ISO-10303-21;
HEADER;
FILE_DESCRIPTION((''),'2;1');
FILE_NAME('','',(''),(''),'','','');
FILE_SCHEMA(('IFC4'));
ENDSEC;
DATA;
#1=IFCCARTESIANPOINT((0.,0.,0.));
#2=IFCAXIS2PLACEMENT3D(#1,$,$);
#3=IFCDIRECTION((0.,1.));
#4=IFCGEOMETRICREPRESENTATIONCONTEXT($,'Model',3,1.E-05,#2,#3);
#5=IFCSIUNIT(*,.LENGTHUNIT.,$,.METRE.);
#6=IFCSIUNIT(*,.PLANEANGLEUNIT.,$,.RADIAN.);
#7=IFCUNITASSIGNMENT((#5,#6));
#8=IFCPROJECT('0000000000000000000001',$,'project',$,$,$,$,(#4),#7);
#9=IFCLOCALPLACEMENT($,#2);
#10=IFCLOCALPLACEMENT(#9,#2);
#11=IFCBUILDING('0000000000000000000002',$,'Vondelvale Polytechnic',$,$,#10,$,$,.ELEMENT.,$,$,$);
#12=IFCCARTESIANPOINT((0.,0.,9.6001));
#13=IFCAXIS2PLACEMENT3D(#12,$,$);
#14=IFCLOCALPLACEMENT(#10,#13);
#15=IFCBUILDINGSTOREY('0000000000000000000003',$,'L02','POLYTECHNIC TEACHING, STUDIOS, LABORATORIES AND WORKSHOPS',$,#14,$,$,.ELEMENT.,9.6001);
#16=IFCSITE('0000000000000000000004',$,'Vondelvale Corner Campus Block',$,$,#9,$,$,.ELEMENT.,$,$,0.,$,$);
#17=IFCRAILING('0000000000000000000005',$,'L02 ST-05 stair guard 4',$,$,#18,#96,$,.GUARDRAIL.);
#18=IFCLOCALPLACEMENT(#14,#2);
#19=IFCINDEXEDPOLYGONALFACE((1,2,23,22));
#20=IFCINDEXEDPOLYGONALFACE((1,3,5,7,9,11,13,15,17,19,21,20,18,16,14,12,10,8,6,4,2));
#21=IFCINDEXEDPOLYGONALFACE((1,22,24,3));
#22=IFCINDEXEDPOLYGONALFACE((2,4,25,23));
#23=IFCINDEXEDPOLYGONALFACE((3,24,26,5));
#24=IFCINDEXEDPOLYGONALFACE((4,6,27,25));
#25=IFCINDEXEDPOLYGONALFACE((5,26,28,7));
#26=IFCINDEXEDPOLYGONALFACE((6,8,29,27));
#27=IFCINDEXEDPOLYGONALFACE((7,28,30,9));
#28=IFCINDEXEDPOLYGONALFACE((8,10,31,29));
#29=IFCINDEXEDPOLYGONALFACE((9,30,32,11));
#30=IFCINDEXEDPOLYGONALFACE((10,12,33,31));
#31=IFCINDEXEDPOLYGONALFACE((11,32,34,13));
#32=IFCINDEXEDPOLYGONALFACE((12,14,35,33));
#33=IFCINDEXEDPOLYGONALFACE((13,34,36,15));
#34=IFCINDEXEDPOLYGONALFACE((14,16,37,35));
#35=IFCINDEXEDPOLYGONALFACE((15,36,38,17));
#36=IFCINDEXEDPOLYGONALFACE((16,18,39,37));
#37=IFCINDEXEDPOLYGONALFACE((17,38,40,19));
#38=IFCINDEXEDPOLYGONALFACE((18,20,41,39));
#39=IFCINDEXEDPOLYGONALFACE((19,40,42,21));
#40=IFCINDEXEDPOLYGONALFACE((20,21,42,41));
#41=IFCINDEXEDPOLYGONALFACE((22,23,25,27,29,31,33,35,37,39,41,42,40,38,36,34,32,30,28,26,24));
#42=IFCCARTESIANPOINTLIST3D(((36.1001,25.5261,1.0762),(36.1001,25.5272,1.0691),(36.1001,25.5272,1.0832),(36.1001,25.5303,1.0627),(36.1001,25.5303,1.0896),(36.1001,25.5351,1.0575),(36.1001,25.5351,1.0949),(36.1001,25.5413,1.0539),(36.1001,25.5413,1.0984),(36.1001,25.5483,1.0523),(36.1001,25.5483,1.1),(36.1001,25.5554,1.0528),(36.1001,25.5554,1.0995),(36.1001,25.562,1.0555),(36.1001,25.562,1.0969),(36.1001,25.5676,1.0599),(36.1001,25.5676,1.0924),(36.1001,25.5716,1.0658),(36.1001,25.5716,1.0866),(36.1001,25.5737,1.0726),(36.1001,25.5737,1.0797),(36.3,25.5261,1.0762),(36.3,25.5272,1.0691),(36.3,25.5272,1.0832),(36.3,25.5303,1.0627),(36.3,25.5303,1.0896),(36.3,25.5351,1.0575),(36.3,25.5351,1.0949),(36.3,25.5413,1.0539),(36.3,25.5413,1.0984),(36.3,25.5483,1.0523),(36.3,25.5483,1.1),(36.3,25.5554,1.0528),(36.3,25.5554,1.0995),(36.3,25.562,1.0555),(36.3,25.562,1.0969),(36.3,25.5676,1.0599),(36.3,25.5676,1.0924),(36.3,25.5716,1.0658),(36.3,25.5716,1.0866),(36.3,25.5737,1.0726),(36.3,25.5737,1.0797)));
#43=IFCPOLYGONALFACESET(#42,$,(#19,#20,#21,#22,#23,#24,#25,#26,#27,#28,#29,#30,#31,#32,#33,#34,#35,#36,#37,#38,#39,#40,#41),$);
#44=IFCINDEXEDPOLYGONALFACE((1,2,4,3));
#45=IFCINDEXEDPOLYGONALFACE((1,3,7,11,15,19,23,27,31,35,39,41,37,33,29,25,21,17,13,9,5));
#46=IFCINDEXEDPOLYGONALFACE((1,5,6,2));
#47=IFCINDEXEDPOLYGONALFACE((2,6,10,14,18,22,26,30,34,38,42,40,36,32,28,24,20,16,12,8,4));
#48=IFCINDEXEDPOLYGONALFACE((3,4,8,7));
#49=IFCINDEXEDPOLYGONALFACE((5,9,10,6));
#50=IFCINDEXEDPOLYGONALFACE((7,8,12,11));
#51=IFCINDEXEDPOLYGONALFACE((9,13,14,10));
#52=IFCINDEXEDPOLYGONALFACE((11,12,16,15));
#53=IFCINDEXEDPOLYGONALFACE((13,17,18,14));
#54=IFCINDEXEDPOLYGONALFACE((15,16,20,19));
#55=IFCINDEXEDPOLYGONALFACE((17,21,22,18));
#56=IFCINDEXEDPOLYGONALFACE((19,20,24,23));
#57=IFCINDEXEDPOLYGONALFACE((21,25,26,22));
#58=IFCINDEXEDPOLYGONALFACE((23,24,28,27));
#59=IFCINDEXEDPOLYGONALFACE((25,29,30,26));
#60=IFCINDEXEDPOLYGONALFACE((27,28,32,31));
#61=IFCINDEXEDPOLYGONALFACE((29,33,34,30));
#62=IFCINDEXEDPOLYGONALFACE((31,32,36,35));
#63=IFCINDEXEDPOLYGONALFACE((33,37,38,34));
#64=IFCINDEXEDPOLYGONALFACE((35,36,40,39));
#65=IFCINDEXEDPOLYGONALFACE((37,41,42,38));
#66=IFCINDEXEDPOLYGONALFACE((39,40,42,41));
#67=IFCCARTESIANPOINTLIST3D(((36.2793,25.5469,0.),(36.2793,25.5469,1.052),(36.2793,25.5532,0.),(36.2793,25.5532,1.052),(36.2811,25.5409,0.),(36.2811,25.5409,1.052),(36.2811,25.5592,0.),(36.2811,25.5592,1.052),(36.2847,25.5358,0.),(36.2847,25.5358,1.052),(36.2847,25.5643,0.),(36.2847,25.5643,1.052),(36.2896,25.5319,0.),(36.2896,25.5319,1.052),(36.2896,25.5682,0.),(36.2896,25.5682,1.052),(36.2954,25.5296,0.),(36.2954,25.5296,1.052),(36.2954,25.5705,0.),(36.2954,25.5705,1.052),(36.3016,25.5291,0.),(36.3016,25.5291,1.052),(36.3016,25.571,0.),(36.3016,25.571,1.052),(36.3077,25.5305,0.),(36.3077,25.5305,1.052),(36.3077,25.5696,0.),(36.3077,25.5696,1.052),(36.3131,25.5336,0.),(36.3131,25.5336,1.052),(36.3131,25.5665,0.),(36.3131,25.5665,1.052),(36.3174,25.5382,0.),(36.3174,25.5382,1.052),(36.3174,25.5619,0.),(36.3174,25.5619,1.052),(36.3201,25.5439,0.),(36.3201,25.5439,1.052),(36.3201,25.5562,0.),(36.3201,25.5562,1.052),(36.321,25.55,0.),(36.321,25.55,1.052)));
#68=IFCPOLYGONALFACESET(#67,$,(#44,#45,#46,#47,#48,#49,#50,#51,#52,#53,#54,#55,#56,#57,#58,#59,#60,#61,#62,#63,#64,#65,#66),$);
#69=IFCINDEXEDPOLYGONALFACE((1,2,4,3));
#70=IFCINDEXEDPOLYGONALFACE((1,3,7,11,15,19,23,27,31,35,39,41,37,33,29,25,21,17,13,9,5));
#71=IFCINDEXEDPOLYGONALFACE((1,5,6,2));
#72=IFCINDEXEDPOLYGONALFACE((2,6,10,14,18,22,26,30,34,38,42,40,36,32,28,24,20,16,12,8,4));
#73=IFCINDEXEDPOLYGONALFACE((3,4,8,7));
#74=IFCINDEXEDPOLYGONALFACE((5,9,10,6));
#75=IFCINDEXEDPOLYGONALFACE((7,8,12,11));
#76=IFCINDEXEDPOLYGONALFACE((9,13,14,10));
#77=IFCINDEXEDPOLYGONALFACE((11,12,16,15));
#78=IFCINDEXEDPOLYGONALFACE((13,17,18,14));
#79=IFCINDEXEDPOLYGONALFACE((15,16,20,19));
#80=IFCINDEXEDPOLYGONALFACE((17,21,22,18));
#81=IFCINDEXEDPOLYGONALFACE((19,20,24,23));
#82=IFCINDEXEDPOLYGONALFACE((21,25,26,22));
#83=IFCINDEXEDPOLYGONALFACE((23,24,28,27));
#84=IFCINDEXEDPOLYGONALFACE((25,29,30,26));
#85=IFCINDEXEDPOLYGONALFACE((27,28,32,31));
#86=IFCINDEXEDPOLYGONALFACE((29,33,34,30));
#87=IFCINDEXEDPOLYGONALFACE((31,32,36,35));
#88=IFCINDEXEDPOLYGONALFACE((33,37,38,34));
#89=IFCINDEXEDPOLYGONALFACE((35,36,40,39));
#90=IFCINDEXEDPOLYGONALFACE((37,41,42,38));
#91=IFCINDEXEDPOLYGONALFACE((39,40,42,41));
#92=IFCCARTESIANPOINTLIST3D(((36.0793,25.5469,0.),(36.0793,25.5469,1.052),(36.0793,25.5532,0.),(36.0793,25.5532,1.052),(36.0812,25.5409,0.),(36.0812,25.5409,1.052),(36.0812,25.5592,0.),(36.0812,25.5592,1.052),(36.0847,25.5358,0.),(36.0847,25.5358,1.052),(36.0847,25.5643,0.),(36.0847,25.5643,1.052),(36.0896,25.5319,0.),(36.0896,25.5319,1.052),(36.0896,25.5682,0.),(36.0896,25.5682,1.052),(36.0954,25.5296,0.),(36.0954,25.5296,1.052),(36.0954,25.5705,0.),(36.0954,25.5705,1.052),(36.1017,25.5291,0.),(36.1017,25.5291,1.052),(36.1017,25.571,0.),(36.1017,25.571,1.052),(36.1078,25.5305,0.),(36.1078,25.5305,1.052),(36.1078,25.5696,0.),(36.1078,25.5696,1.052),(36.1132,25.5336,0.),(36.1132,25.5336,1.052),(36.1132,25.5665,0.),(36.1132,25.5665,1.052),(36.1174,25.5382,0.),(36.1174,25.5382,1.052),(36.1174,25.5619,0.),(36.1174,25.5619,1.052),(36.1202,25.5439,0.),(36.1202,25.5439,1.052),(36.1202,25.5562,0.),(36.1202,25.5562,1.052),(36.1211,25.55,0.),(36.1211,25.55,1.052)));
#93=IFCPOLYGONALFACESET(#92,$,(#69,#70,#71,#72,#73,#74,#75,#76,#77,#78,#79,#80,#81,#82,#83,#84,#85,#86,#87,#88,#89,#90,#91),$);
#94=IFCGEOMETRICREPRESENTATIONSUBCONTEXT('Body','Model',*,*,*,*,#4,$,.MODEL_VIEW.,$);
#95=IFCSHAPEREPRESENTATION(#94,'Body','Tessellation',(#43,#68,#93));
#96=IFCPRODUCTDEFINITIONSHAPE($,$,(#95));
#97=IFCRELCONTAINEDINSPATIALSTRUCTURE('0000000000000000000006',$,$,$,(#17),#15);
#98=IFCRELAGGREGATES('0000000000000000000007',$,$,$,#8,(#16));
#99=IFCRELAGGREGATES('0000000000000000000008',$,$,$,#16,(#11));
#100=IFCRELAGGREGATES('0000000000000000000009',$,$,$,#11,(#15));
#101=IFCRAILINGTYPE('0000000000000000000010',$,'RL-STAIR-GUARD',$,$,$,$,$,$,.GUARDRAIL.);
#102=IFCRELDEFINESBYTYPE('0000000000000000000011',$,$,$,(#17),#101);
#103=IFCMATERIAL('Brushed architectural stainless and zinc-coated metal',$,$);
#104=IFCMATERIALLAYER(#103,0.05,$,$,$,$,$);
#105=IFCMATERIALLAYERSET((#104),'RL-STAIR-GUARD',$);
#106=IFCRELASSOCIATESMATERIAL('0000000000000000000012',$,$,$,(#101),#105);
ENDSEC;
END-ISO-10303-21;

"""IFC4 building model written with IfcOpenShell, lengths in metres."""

from ifc_helpers import new_model, si_unit, direction, frame, origin, origin_2d, place, context, subcontext, project, spatial, circle, extrude, material, layer, layer_set, type_object, element, save


model = new_model("IFC4")

# Units and contexts
model_context = context("Model", 3, precision=1e-05, world=origin(), true_north=direction((0.0, 1.0)))
body_context = subcontext(model_context, "Body", "Model", "MODEL_VIEW")
ifc_project = project(units=[si_unit("LENGTHUNIT", "METRE"), si_unit("PLANEANGLEUNIT", "RADIAN")], contexts=[model_context])

# Site, building, storey
site_placement = place(None, origin())
site = spatial("IfcSite", under=ifc_project, at=site_placement, Name="Vondelvale Corner Campus Block", CompositionType="ELEMENT", RefElevation=0.0)
building_placement = place(site_placement, origin())
building = spatial("IfcBuilding", under=site, at=building_placement, Name="Vondelvale Polytechnic", CompositionType="ELEMENT")
storey_placement = place(building_placement, frame((0.0, 0.0, 9.6001)))
storey = spatial("IfcBuildingStorey", under=building, at=storey_placement, Name="L02", Description="POLYTECHNIC TEACHING, STUDIOS, LABORATORIES AND WORKSHOPS", CompositionType="ELEMENT", Elevation=9.6001)

# Railing
ifc_material_1 = material(Name="Brushed architectural stainless and zinc-coated metal")
ifc_layer_1 = layer(ifc_material_1, 0.05)
ifc_layer_set_1 = layer_set([ifc_layer_1], Name="RL-STAIR-GUARD")
railing_type_1 = type_object("IfcRailingType", Name="RL-STAIR-GUARD", PredefinedType="GUARDRAIL", material=ifc_layer_set_1)
railing_1_placement = place(storey_placement, frame((36.3, 25.55, 0.0)))
element("IfcRailing", 1, at=railing_1_placement, inside=storey, type_object=railing_type_1, Name="L02 ST-05 stair guard 4", PredefinedType="GUARDRAIL", context=body_context, shape_type="SweptSolid", body=[
    extrude(circle(Radius=0.0239, at=origin_2d()), frame((0.0, 0.0, 1.0762), z_axis=(-1.0, 0.0, 0.0), x_axis=(0.0, -1.0, 0.0)), (0.0, 0.0, 1.0), 0.2),
    extrude(circle(Radius=0.021, at=origin_2d()), origin(), (0.0, 0.0, 1.0), 1.052),
    extrude(circle(Radius=0.021, at=origin_2d()), frame((-0.2, 0.0, 0.0)), (0.0, 0.0, 1.0), 1.052),
])

save(model, "model.ifc")
